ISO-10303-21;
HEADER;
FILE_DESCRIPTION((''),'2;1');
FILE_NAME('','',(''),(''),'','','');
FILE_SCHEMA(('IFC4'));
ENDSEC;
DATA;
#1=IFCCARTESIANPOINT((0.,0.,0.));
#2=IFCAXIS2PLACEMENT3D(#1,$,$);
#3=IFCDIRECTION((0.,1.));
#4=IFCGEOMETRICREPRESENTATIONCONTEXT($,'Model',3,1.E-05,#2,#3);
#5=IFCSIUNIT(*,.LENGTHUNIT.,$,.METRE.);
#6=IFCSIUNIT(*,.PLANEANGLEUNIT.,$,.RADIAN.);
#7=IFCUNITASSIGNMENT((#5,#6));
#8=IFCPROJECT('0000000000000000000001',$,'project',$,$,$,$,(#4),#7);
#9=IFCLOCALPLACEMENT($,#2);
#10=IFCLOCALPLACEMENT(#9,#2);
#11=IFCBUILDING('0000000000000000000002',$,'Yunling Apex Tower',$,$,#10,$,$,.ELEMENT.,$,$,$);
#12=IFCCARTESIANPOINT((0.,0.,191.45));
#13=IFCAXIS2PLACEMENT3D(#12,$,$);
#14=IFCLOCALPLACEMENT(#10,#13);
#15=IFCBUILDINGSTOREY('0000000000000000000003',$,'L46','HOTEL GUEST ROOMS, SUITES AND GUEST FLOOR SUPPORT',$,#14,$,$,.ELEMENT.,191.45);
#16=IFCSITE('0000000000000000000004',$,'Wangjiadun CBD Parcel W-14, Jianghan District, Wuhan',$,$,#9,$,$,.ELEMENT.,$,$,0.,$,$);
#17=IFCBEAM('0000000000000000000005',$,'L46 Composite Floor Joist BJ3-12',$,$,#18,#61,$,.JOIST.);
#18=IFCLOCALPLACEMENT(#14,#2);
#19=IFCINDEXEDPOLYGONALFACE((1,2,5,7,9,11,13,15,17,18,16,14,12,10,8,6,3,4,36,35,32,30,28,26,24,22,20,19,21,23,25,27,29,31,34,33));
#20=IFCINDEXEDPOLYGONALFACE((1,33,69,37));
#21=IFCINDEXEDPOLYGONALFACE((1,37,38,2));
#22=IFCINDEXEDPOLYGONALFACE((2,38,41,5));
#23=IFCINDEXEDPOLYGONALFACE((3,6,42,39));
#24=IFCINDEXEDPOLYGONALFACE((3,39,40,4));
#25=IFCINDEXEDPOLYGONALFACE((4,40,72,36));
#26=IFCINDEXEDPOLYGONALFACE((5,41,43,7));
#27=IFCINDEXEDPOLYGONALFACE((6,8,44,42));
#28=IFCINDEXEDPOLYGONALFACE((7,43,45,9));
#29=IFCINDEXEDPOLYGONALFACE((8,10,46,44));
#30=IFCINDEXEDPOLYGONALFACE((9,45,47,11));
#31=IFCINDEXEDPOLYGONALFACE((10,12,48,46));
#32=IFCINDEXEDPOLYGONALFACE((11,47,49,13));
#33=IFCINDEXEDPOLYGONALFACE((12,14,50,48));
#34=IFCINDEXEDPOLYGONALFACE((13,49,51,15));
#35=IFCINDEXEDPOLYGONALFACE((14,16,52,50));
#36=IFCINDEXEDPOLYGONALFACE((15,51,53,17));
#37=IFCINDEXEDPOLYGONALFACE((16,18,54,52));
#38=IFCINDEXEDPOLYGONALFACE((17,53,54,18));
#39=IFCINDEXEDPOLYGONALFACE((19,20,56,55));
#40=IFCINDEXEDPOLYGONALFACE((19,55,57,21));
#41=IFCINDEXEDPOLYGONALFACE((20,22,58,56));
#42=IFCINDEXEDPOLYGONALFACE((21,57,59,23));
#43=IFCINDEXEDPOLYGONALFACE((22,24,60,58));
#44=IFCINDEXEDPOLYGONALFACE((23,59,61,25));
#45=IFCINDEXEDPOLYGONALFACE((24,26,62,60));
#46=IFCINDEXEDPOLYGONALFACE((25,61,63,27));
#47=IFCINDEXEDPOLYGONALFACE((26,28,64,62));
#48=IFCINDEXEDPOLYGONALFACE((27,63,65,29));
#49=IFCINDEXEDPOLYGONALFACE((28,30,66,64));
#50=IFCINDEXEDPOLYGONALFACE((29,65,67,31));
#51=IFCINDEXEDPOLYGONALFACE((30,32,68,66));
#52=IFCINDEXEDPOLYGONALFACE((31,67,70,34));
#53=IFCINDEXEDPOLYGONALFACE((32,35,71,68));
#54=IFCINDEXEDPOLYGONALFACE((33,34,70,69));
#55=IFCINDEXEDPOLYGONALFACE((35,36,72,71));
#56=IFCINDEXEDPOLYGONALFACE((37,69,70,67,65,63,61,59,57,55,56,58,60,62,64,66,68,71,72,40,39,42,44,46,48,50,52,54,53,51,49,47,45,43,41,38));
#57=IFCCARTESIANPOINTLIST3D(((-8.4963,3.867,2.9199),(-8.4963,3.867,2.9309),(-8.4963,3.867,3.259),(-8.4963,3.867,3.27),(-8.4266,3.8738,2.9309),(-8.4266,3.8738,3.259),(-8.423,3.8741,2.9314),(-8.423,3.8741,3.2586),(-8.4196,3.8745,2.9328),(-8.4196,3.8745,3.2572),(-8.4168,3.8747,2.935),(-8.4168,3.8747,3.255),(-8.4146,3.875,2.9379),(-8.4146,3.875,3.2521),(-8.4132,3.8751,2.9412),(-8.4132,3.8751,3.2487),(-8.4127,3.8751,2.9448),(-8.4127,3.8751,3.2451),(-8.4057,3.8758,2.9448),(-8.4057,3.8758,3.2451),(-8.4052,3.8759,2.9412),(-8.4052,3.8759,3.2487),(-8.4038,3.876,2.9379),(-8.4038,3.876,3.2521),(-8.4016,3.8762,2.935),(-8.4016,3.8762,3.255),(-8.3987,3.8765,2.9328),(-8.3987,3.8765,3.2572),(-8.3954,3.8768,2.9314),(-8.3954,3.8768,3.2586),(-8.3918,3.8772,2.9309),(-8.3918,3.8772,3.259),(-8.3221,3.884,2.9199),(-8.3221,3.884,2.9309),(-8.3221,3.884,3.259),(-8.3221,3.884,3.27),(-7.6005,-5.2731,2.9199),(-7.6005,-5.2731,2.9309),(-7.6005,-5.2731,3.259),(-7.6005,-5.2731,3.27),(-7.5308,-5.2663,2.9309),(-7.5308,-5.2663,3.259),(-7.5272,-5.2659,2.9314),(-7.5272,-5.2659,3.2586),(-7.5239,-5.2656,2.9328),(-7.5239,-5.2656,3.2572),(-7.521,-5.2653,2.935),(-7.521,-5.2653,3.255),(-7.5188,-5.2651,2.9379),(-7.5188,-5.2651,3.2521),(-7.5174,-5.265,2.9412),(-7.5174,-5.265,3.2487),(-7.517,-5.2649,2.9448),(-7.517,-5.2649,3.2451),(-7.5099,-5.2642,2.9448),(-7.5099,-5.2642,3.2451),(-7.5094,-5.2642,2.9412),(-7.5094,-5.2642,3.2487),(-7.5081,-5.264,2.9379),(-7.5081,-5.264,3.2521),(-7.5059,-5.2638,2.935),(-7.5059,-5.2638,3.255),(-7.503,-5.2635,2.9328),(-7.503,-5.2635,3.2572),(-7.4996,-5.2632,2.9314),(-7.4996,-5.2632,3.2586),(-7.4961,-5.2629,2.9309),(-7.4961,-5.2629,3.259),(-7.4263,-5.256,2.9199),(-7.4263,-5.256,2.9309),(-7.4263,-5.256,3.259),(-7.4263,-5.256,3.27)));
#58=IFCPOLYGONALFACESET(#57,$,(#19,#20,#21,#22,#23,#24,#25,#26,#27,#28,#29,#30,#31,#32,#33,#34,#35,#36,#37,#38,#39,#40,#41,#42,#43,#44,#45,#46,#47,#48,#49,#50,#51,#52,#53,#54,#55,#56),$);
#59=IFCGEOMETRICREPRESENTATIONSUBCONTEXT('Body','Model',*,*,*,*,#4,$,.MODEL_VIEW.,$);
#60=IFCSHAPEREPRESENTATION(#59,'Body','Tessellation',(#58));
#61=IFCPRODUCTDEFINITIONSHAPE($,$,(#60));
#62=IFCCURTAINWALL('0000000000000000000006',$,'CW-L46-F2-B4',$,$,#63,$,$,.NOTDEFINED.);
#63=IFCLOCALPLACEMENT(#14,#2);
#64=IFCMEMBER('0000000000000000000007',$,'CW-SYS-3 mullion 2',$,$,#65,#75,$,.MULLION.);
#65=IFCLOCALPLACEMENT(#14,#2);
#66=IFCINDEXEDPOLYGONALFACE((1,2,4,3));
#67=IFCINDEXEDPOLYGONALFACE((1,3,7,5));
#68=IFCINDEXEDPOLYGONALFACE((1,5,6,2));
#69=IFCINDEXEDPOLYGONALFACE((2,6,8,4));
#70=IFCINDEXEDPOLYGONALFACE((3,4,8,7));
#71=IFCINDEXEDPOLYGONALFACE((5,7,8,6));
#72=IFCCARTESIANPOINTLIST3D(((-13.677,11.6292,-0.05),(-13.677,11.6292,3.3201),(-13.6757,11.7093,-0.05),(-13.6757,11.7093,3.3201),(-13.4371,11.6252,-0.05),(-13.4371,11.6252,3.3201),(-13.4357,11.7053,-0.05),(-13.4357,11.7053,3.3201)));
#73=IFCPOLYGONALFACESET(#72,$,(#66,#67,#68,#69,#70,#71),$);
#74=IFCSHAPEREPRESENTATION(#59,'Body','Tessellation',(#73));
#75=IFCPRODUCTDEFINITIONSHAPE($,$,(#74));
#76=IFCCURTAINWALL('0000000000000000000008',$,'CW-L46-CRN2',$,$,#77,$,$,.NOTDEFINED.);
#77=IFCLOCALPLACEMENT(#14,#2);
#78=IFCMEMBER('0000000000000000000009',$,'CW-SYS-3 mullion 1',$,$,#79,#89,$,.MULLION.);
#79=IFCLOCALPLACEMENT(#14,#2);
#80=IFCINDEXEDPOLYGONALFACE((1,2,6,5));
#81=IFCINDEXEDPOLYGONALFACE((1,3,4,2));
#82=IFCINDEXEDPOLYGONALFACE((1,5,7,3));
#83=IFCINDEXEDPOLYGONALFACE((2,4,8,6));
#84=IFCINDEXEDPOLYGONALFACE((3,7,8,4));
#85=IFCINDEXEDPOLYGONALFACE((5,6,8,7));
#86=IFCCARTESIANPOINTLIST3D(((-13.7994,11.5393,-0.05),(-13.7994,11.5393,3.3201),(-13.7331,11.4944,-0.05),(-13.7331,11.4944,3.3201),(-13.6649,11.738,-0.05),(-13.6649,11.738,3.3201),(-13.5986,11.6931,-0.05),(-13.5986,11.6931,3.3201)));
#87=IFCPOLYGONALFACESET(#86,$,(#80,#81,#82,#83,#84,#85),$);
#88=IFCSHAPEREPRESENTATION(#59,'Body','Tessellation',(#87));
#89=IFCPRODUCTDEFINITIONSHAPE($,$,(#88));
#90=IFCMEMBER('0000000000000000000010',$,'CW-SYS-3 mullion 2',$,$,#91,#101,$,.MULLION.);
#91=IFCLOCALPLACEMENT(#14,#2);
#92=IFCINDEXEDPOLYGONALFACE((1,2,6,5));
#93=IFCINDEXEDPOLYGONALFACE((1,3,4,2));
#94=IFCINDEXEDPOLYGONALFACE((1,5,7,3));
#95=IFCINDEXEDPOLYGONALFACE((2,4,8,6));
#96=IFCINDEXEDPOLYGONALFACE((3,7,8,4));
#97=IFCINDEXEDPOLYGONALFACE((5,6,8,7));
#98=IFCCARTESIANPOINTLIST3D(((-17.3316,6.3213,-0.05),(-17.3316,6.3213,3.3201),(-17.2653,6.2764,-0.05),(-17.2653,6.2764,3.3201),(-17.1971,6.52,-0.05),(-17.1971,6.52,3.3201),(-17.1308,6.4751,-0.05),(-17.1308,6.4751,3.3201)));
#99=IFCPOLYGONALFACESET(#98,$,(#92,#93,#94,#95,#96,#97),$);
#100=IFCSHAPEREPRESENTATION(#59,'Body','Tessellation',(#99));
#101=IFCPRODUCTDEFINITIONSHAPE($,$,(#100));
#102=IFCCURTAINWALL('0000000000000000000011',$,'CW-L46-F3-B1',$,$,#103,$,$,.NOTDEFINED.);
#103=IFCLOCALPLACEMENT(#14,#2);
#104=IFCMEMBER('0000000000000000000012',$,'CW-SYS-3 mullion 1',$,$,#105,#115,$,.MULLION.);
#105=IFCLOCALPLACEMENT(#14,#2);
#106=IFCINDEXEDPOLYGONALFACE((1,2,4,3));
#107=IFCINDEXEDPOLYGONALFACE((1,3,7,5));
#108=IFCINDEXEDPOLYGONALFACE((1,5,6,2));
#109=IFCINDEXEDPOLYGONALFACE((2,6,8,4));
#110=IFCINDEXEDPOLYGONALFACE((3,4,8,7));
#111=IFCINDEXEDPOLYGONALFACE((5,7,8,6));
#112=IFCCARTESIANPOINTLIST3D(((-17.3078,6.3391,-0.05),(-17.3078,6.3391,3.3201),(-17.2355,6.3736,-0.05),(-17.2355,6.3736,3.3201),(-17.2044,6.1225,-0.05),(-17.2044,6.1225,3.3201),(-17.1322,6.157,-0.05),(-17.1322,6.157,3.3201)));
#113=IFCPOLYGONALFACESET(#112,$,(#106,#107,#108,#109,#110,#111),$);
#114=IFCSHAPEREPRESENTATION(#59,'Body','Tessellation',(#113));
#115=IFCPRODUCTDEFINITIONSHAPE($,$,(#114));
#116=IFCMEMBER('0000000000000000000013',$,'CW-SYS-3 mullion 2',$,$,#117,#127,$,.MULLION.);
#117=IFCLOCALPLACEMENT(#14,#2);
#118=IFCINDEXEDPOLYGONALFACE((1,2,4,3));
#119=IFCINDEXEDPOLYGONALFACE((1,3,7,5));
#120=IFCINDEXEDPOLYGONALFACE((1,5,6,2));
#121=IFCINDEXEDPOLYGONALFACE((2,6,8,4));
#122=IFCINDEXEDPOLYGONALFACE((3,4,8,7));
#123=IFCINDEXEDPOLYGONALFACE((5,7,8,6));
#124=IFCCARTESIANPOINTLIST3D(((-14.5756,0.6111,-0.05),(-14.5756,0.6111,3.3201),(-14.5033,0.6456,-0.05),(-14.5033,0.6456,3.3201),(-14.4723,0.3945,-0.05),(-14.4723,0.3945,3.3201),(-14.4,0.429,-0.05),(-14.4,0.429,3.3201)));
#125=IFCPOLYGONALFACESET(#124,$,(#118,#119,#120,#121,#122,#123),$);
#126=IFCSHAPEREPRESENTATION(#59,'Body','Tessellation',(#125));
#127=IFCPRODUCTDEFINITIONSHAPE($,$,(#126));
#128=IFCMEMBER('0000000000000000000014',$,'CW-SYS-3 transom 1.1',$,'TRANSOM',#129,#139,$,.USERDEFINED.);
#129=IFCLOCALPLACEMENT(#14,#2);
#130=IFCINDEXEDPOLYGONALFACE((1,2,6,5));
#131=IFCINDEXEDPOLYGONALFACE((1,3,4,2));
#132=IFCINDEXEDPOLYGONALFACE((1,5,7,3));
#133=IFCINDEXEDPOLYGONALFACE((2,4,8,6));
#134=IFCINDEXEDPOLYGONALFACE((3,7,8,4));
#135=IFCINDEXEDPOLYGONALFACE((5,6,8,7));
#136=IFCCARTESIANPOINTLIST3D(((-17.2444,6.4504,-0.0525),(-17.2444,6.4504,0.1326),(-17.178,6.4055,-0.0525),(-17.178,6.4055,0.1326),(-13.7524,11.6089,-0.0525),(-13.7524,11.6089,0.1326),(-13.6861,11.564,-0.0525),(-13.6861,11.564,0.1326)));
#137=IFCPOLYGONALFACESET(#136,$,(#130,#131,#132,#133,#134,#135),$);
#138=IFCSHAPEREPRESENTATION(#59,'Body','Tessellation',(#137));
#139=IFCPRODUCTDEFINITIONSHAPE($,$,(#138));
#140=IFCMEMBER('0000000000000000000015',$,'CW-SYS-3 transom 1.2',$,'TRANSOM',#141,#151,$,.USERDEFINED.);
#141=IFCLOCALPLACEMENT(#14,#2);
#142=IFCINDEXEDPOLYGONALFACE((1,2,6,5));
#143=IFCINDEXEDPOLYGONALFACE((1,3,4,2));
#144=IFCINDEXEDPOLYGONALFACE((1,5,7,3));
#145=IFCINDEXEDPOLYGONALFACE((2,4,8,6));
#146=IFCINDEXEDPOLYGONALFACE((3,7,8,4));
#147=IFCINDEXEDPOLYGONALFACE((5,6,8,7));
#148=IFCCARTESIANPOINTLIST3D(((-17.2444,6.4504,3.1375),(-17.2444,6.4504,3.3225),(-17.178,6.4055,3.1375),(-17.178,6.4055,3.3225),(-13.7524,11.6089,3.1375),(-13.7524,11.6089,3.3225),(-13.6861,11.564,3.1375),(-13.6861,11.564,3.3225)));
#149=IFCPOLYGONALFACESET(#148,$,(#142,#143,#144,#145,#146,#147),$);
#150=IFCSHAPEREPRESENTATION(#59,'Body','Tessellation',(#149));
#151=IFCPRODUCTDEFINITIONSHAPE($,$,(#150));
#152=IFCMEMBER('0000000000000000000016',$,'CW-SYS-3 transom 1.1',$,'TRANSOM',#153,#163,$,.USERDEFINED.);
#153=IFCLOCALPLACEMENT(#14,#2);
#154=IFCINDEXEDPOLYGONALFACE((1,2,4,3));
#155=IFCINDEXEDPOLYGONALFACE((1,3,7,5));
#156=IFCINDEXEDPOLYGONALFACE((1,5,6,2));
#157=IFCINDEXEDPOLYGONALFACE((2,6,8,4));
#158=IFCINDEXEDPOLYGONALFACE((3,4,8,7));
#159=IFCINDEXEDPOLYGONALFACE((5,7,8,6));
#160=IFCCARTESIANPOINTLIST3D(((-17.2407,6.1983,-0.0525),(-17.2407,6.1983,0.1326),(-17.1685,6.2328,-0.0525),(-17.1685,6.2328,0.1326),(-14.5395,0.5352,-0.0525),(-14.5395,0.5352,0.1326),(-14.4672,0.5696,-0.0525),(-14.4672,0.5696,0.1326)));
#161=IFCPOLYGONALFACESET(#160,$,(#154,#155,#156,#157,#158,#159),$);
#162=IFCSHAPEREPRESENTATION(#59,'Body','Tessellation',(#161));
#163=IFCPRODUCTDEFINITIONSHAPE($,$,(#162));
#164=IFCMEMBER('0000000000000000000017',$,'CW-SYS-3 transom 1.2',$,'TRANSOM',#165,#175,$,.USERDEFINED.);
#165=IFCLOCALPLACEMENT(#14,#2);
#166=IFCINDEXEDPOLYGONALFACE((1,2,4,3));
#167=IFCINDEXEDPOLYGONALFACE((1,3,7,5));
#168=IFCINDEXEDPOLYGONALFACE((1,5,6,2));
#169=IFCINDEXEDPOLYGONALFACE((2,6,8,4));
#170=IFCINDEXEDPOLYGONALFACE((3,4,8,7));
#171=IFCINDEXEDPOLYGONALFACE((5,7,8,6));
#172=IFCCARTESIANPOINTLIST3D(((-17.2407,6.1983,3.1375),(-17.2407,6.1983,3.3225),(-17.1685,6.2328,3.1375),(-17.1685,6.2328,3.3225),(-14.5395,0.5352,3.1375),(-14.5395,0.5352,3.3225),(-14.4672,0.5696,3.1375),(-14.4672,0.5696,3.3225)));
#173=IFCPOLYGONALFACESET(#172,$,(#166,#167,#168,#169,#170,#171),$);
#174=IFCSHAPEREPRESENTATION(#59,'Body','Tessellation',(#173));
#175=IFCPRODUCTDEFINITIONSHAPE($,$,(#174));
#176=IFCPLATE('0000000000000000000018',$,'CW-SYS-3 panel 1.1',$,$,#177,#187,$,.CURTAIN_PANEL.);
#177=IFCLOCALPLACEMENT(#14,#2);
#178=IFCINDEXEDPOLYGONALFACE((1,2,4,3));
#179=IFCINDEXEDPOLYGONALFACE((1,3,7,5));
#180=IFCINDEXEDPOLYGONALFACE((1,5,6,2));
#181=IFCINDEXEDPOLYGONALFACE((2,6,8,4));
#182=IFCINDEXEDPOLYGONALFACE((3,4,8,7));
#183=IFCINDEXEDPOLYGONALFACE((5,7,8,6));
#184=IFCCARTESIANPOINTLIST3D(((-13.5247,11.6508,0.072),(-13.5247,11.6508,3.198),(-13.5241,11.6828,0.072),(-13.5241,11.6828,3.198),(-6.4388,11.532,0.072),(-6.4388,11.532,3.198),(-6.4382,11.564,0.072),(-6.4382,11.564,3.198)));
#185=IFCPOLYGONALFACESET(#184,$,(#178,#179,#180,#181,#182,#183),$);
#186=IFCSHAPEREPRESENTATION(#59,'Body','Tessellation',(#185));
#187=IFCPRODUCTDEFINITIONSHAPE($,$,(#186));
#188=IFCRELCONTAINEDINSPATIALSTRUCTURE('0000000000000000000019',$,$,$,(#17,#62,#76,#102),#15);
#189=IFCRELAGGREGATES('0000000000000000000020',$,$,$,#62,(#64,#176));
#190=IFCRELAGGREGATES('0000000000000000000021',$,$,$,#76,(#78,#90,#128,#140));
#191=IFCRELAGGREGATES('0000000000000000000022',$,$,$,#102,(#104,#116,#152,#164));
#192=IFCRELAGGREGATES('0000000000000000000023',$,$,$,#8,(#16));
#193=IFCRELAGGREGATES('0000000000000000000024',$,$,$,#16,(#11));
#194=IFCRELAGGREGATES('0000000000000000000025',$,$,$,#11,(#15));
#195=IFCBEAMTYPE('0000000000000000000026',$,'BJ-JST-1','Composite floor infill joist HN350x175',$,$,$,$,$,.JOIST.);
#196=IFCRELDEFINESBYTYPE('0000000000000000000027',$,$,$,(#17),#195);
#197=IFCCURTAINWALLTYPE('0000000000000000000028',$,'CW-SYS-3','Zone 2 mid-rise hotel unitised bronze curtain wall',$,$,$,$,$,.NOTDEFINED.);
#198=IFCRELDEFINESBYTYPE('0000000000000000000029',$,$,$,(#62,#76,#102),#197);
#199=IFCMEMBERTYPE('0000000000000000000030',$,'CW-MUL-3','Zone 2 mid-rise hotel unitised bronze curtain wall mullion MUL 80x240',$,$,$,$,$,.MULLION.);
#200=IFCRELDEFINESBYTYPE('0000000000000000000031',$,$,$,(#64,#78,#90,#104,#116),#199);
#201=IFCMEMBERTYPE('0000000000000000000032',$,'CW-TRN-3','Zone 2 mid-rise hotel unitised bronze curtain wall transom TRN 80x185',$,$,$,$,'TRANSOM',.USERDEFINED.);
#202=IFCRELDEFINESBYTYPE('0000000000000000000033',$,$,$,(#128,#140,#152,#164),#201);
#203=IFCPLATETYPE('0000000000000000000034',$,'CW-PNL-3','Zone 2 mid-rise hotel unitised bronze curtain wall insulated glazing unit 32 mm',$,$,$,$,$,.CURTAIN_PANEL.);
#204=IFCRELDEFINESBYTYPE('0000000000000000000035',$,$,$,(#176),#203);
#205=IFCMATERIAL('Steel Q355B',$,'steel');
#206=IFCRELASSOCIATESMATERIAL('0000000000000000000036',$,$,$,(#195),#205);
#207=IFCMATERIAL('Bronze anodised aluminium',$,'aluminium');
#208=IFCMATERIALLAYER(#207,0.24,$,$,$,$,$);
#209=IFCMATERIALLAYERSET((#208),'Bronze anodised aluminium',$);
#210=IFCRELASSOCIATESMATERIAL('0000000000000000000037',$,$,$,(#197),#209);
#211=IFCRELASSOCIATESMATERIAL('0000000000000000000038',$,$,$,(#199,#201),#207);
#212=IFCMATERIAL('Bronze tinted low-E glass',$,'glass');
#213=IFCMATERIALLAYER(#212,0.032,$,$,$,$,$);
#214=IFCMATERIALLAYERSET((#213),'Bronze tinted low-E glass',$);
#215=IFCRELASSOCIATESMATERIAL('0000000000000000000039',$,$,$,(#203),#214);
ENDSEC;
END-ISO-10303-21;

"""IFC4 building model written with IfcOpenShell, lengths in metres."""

from ifc_helpers import new_model, si_unit, direction, frame, origin, origin_2d, place, context, subcontext, project, spatial, rectangle, i_section, extrude, source, transform, mapped, material, layer, layer_set, material_profile, profile_set, type_object, element, aggregate, save


model = new_model("IFC4")

# Units and contexts
model_context = context("Model", 3, precision=1e-05, world=origin(), true_north=direction((0.0, 1.0)))
body_context = subcontext(model_context, "Body", "Model", "MODEL_VIEW")
ifc_project = project(units=[si_unit("LENGTHUNIT", "METRE"), si_unit("PLANEANGLEUNIT", "RADIAN")], contexts=[model_context])

# Site, building, storey
site_placement = place(None, origin())
site = spatial("IfcSite", under=ifc_project, at=site_placement, Name="Wangjiadun CBD Parcel W-14, Jianghan District, Wuhan", CompositionType="ELEMENT", RefElevation=0.0)
building_placement = place(site_placement, origin())
building = spatial("IfcBuilding", under=site, at=building_placement, Name="Yunling Apex Tower", CompositionType="ELEMENT")
storey_placement = place(building_placement, frame((0.0, 0.0, 191.45)))
storey = spatial("IfcBuildingStorey", under=building, at=storey_placement, Name="L46", Description="HOTEL GUEST ROOMS, SUITES AND GUEST FLOOR SUPPORT", CompositionType="ELEMENT", Elevation=191.45)

# Beam
ifc_material_1 = material(Name="Steel Q355B", Category="steel")
ifc_material_profile_1 = material_profile(ifc_material_1, i_section(OverallWidth=0.175, OverallDepth=0.3501, WebThickness=0.0071, FlangeThickness=0.011, FilletRadius=0.0139, at=origin_2d()))
ifc_profile_set_1 = profile_set([ifc_material_profile_1], Name="Steel Q355B")
beam_type_1 = type_object("IfcBeamType", Name="BJ-JST-1", Description="Composite floor infill joist HN350x175", PredefinedType="JOIST", material=ifc_profile_set_1)
shared_shape_1 = source(origin(), body_context, "Body", "SweptSolid", [
    extrude(i_section(OverallWidth=0.175, OverallDepth=0.3501, WebThickness=0.0071, FlangeThickness=0.011, FilletRadius=0.0139, at=origin_2d()), origin(), (0.0, 0.0, 1.0), 9.1838),
])
beam_1_placement = place(storey_placement, frame((-8.4092, 3.8755, 3.095), z_axis=(0.097535, -0.995232, 0.0), x_axis=(0.995232, 0.097535, 0.0)))
element("IfcBeam", 1, at=beam_1_placement, inside=storey, type_object=beam_type_1, Name="L46 Composite Floor Joist BJ3-12", PredefinedType="JOIST", context=body_context, shape_type="MappedRepresentation", body=[
    mapped(shared_shape_1, transform((0.0, 0.0, 0.0), scale=1.0)),
])

# Curtain wall, member
ifc_material_2 = material(Name="Bronze anodised aluminium", Category="aluminium")
ifc_layer_1 = layer(ifc_material_2, 0.24)
ifc_layer_set_1 = layer_set([ifc_layer_1], Name="Bronze anodised aluminium")
curtain_wall_type = type_object("IfcCurtainWallType", Name="CW-SYS-3", Description="Zone 2 mid-rise hotel unitised bronze curtain wall", PredefinedType="NOTDEFINED", material=ifc_layer_set_1)
curtain_wall_1_placement = place(storey_placement, origin())
curtain_wall_1 = element("IfcCurtainWall", 2, at=curtain_wall_1_placement, inside=storey, type_object=curtain_wall_type, Name="CW-L46-F2-B4", PredefinedType="NOTDEFINED")
ifc_material_profile_2 = material_profile(ifc_material_2, rectangle(XDim=0.0801, YDim=0.24, at=origin_2d()))
ifc_profile_set_2 = profile_set([ifc_material_profile_2], Name="Bronze anodised aluminium")
member_type_1 = type_object("IfcMemberType", Name="CW-MUL-3", Description="Zone 2 mid-rise hotel unitised bronze curtain wall mullion MUL 80x240", PredefinedType="MULLION", material=ifc_profile_set_2)
shared_shape_2 = source(origin(), body_context, "Body", "SweptSolid", [
    extrude(rectangle(XDim=0.0801, YDim=0.24, at=origin_2d()), origin(), (0.0, 0.0, 1.0), 3.3701),
])
member_1_placement = place(storey_placement, frame((-13.5564, 11.6672, -0.05), z_axis=(0.0, 0.0, 1.0), x_axis=(-0.016761, -0.99986, 0.0)))
member_1 = element("IfcMember", 3, at=member_1_placement, type_object=member_type_1, Name="CW-SYS-3 mullion 2", PredefinedType="MULLION", context=body_context, shape_type="MappedRepresentation", body=[
    mapped(shared_shape_2, transform((0.0, 0.0, 0.0), scale=1.0)),
])

# Curtain walls, members
curtain_wall_2_placement = place(storey_placement, origin())
curtain_wall_2 = element("IfcCurtainWall", 4, at=curtain_wall_2_placement, inside=storey, type_object=curtain_wall_type, Name="CW-L46-CRN2", PredefinedType="NOTDEFINED")
member_2_placement = place(storey_placement, frame((-13.699, 11.6162, -0.05), z_axis=(0.0, 0.0, 1.0), x_axis=(0.828107, -0.56057, 0.0)))
member_2 = element("IfcMember", 5, at=member_2_placement, type_object=member_type_1, Name="CW-SYS-3 mullion 1", PredefinedType="MULLION", context=body_context, shape_type="MappedRepresentation", body=[
    mapped(shared_shape_2, transform((0.0, 0.0, 0.0), scale=1.0)),
])
member_3_placement = place(storey_placement, frame((-17.2312, 6.3982, -0.05), z_axis=(0.0, 0.0, 1.0), x_axis=(0.828107, -0.56057, 0.0)))
member_3 = element("IfcMember", 6, at=member_3_placement, type_object=member_type_1, Name="CW-SYS-3 mullion 2", PredefinedType="MULLION", context=body_context, shape_type="MappedRepresentation", body=[
    mapped(shared_shape_2, transform((0.0, 0.0, 0.0), scale=1.0)),
])
curtain_wall_3_placement = place(storey_placement, origin())
curtain_wall_3 = element("IfcCurtainWall", 7, at=curtain_wall_3_placement, inside=storey, type_object=curtain_wall_type, Name="CW-L46-F3-B1", PredefinedType="NOTDEFINED")
member_4_placement = place(storey_placement, frame((-17.22, 6.248, -0.05), z_axis=(0.0, 0.0, 1.0), x_axis=(0.902582, 0.430518, 0.0)))
member_4 = element("IfcMember", 8, at=member_4_placement, type_object=member_type_1, Name="CW-SYS-3 mullion 1", PredefinedType="MULLION", context=body_context, shape_type="MappedRepresentation", body=[
    mapped(shared_shape_2, transform((0.0, 0.0, 0.0), scale=1.0)),
])
member_5_placement = place(storey_placement, frame((-14.4878, 0.52, -0.05), z_axis=(0.0, 0.0, 1.0), x_axis=(0.902582, 0.430518, 0.0)))
member_5 = element("IfcMember", 9, at=member_5_placement, type_object=member_type_1, Name="CW-SYS-3 mullion 2", PredefinedType="MULLION", context=body_context, shape_type="MappedRepresentation", body=[
    mapped(shared_shape_2, transform((0.0, 0.0, 0.0), scale=1.0)),
])

# Members
ifc_material_profile_3 = material_profile(ifc_material_2, rectangle(XDim=0.0801, YDim=0.1851, at=origin_2d()))
ifc_profile_set_3 = profile_set([ifc_material_profile_3], Name="Bronze anodised aluminium")
member_type_2 = type_object("IfcMemberType", Name="CW-TRN-3", Description="Zone 2 mid-rise hotel unitised bronze curtain wall transom TRN 80x185", ElementType="TRANSOM", PredefinedType="USERDEFINED", material=ifc_profile_set_3)
shared_shape_3 = source(origin(), body_context, "Body", "SweptSolid", [
    extrude(rectangle(XDim=0.0801, YDim=0.1851, at=origin_2d()), origin(), (0.0, 0.0, 1.0), 6.2292),
])
member_6_placement = place(storey_placement, frame((-13.7192, 11.5864, 0.04), z_axis=(-0.560574, -0.828104, 0.0), x_axis=(0.828104, -0.560574, 0.0)))
member_6 = element("IfcMember", 10, at=member_6_placement, type_object=member_type_2, Name="CW-SYS-3 transom 1.1", ObjectType="TRANSOM", PredefinedType="USERDEFINED", context=body_context, shape_type="MappedRepresentation", body=[
    mapped(shared_shape_3, transform((0.0, 0.0, 0.0), scale=1.0)),
])
member_7_placement = place(storey_placement, frame((-13.7192, 11.5864, 3.23), z_axis=(-0.560574, -0.828104, 0.0), x_axis=(0.828104, -0.560574, 0.0)))
member_7 = element("IfcMember", 11, at=member_7_placement, type_object=member_type_2, Name="CW-SYS-3 transom 1.2", ObjectType="TRANSOM", PredefinedType="USERDEFINED", context=body_context, shape_type="MappedRepresentation", body=[
    mapped(shared_shape_3, transform((0.0, 0.0, 0.0), scale=1.0)),
])
shared_shape_4 = source(origin(), body_context, "Body", "SweptSolid", [
    extrude(rectangle(XDim=0.0801, YDim=0.1851, at=origin_2d()), origin(), (0.0, 0.0, 1.0), 6.2744),
])
member_8_placement = place(storey_placement, frame((-17.2046, 6.2156, 0.04), z_axis=(0.430513, -0.902584, 0.0), x_axis=(0.902584, 0.430513, 0.0)))
member_8 = element("IfcMember", 12, at=member_8_placement, type_object=member_type_2, Name="CW-SYS-3 transom 1.1", ObjectType="TRANSOM", PredefinedType="USERDEFINED", context=body_context, shape_type="MappedRepresentation", body=[
    mapped(shared_shape_4, transform((0.0, 0.0, 0.0), scale=1.0)),
])
member_9_placement = place(storey_placement, frame((-17.2046, 6.2156, 3.23), z_axis=(0.430513, -0.902584, 0.0), x_axis=(0.902584, 0.430513, 0.0)))
member_9 = element("IfcMember", 13, at=member_9_placement, type_object=member_type_2, Name="CW-SYS-3 transom 1.2", ObjectType="TRANSOM", PredefinedType="USERDEFINED", context=body_context, shape_type="MappedRepresentation", body=[
    mapped(shared_shape_4, transform((0.0, 0.0, 0.0), scale=1.0)),
])

# Plate
ifc_material_3 = material(Name="Bronze tinted low-E glass", Category="glass")
ifc_layer_2 = layer(ifc_material_3, 0.032)
ifc_layer_set_2 = layer_set([ifc_layer_2], Name="Bronze tinted low-E glass")
plate_type = type_object("IfcPlateType", Name="CW-PNL-3", Description="Zone 2 mid-rise hotel unitised bronze curtain wall insulated glazing unit 32 mm", PredefinedType="CURTAIN_PANEL", material=ifc_layer_set_2)
shared_shape_5 = source(origin(), body_context, "Body", "SweptSolid", [
    extrude(rectangle(XDim=7.0869, YDim=0.032, at=origin_2d()), origin(), (0.0, 0.0, 1.0), 3.126),
])
plate_1_placement = place(storey_placement, frame((-9.9814, 11.6074, 0.072), z_axis=(0.0, 0.0, 1.0), x_axis=(-0.99986, 0.016761, 0.0)))
plate_1 = element("IfcPlate", 14, at=plate_1_placement, type_object=plate_type, Name="CW-SYS-3 panel 1.1", PredefinedType="CURTAIN_PANEL", context=body_context, shape_type="MappedRepresentation", body=[
    mapped(shared_shape_5, transform((0.0, 0.0, 0.0), scale=1.0)),
])
aggregate(curtain_wall_1, [member_1, plate_1])
aggregate(curtain_wall_2, [member_2, member_3, member_6, member_7])
aggregate(curtain_wall_3, [member_4, member_5, member_8, member_9])

save(model, "model.ifc")
